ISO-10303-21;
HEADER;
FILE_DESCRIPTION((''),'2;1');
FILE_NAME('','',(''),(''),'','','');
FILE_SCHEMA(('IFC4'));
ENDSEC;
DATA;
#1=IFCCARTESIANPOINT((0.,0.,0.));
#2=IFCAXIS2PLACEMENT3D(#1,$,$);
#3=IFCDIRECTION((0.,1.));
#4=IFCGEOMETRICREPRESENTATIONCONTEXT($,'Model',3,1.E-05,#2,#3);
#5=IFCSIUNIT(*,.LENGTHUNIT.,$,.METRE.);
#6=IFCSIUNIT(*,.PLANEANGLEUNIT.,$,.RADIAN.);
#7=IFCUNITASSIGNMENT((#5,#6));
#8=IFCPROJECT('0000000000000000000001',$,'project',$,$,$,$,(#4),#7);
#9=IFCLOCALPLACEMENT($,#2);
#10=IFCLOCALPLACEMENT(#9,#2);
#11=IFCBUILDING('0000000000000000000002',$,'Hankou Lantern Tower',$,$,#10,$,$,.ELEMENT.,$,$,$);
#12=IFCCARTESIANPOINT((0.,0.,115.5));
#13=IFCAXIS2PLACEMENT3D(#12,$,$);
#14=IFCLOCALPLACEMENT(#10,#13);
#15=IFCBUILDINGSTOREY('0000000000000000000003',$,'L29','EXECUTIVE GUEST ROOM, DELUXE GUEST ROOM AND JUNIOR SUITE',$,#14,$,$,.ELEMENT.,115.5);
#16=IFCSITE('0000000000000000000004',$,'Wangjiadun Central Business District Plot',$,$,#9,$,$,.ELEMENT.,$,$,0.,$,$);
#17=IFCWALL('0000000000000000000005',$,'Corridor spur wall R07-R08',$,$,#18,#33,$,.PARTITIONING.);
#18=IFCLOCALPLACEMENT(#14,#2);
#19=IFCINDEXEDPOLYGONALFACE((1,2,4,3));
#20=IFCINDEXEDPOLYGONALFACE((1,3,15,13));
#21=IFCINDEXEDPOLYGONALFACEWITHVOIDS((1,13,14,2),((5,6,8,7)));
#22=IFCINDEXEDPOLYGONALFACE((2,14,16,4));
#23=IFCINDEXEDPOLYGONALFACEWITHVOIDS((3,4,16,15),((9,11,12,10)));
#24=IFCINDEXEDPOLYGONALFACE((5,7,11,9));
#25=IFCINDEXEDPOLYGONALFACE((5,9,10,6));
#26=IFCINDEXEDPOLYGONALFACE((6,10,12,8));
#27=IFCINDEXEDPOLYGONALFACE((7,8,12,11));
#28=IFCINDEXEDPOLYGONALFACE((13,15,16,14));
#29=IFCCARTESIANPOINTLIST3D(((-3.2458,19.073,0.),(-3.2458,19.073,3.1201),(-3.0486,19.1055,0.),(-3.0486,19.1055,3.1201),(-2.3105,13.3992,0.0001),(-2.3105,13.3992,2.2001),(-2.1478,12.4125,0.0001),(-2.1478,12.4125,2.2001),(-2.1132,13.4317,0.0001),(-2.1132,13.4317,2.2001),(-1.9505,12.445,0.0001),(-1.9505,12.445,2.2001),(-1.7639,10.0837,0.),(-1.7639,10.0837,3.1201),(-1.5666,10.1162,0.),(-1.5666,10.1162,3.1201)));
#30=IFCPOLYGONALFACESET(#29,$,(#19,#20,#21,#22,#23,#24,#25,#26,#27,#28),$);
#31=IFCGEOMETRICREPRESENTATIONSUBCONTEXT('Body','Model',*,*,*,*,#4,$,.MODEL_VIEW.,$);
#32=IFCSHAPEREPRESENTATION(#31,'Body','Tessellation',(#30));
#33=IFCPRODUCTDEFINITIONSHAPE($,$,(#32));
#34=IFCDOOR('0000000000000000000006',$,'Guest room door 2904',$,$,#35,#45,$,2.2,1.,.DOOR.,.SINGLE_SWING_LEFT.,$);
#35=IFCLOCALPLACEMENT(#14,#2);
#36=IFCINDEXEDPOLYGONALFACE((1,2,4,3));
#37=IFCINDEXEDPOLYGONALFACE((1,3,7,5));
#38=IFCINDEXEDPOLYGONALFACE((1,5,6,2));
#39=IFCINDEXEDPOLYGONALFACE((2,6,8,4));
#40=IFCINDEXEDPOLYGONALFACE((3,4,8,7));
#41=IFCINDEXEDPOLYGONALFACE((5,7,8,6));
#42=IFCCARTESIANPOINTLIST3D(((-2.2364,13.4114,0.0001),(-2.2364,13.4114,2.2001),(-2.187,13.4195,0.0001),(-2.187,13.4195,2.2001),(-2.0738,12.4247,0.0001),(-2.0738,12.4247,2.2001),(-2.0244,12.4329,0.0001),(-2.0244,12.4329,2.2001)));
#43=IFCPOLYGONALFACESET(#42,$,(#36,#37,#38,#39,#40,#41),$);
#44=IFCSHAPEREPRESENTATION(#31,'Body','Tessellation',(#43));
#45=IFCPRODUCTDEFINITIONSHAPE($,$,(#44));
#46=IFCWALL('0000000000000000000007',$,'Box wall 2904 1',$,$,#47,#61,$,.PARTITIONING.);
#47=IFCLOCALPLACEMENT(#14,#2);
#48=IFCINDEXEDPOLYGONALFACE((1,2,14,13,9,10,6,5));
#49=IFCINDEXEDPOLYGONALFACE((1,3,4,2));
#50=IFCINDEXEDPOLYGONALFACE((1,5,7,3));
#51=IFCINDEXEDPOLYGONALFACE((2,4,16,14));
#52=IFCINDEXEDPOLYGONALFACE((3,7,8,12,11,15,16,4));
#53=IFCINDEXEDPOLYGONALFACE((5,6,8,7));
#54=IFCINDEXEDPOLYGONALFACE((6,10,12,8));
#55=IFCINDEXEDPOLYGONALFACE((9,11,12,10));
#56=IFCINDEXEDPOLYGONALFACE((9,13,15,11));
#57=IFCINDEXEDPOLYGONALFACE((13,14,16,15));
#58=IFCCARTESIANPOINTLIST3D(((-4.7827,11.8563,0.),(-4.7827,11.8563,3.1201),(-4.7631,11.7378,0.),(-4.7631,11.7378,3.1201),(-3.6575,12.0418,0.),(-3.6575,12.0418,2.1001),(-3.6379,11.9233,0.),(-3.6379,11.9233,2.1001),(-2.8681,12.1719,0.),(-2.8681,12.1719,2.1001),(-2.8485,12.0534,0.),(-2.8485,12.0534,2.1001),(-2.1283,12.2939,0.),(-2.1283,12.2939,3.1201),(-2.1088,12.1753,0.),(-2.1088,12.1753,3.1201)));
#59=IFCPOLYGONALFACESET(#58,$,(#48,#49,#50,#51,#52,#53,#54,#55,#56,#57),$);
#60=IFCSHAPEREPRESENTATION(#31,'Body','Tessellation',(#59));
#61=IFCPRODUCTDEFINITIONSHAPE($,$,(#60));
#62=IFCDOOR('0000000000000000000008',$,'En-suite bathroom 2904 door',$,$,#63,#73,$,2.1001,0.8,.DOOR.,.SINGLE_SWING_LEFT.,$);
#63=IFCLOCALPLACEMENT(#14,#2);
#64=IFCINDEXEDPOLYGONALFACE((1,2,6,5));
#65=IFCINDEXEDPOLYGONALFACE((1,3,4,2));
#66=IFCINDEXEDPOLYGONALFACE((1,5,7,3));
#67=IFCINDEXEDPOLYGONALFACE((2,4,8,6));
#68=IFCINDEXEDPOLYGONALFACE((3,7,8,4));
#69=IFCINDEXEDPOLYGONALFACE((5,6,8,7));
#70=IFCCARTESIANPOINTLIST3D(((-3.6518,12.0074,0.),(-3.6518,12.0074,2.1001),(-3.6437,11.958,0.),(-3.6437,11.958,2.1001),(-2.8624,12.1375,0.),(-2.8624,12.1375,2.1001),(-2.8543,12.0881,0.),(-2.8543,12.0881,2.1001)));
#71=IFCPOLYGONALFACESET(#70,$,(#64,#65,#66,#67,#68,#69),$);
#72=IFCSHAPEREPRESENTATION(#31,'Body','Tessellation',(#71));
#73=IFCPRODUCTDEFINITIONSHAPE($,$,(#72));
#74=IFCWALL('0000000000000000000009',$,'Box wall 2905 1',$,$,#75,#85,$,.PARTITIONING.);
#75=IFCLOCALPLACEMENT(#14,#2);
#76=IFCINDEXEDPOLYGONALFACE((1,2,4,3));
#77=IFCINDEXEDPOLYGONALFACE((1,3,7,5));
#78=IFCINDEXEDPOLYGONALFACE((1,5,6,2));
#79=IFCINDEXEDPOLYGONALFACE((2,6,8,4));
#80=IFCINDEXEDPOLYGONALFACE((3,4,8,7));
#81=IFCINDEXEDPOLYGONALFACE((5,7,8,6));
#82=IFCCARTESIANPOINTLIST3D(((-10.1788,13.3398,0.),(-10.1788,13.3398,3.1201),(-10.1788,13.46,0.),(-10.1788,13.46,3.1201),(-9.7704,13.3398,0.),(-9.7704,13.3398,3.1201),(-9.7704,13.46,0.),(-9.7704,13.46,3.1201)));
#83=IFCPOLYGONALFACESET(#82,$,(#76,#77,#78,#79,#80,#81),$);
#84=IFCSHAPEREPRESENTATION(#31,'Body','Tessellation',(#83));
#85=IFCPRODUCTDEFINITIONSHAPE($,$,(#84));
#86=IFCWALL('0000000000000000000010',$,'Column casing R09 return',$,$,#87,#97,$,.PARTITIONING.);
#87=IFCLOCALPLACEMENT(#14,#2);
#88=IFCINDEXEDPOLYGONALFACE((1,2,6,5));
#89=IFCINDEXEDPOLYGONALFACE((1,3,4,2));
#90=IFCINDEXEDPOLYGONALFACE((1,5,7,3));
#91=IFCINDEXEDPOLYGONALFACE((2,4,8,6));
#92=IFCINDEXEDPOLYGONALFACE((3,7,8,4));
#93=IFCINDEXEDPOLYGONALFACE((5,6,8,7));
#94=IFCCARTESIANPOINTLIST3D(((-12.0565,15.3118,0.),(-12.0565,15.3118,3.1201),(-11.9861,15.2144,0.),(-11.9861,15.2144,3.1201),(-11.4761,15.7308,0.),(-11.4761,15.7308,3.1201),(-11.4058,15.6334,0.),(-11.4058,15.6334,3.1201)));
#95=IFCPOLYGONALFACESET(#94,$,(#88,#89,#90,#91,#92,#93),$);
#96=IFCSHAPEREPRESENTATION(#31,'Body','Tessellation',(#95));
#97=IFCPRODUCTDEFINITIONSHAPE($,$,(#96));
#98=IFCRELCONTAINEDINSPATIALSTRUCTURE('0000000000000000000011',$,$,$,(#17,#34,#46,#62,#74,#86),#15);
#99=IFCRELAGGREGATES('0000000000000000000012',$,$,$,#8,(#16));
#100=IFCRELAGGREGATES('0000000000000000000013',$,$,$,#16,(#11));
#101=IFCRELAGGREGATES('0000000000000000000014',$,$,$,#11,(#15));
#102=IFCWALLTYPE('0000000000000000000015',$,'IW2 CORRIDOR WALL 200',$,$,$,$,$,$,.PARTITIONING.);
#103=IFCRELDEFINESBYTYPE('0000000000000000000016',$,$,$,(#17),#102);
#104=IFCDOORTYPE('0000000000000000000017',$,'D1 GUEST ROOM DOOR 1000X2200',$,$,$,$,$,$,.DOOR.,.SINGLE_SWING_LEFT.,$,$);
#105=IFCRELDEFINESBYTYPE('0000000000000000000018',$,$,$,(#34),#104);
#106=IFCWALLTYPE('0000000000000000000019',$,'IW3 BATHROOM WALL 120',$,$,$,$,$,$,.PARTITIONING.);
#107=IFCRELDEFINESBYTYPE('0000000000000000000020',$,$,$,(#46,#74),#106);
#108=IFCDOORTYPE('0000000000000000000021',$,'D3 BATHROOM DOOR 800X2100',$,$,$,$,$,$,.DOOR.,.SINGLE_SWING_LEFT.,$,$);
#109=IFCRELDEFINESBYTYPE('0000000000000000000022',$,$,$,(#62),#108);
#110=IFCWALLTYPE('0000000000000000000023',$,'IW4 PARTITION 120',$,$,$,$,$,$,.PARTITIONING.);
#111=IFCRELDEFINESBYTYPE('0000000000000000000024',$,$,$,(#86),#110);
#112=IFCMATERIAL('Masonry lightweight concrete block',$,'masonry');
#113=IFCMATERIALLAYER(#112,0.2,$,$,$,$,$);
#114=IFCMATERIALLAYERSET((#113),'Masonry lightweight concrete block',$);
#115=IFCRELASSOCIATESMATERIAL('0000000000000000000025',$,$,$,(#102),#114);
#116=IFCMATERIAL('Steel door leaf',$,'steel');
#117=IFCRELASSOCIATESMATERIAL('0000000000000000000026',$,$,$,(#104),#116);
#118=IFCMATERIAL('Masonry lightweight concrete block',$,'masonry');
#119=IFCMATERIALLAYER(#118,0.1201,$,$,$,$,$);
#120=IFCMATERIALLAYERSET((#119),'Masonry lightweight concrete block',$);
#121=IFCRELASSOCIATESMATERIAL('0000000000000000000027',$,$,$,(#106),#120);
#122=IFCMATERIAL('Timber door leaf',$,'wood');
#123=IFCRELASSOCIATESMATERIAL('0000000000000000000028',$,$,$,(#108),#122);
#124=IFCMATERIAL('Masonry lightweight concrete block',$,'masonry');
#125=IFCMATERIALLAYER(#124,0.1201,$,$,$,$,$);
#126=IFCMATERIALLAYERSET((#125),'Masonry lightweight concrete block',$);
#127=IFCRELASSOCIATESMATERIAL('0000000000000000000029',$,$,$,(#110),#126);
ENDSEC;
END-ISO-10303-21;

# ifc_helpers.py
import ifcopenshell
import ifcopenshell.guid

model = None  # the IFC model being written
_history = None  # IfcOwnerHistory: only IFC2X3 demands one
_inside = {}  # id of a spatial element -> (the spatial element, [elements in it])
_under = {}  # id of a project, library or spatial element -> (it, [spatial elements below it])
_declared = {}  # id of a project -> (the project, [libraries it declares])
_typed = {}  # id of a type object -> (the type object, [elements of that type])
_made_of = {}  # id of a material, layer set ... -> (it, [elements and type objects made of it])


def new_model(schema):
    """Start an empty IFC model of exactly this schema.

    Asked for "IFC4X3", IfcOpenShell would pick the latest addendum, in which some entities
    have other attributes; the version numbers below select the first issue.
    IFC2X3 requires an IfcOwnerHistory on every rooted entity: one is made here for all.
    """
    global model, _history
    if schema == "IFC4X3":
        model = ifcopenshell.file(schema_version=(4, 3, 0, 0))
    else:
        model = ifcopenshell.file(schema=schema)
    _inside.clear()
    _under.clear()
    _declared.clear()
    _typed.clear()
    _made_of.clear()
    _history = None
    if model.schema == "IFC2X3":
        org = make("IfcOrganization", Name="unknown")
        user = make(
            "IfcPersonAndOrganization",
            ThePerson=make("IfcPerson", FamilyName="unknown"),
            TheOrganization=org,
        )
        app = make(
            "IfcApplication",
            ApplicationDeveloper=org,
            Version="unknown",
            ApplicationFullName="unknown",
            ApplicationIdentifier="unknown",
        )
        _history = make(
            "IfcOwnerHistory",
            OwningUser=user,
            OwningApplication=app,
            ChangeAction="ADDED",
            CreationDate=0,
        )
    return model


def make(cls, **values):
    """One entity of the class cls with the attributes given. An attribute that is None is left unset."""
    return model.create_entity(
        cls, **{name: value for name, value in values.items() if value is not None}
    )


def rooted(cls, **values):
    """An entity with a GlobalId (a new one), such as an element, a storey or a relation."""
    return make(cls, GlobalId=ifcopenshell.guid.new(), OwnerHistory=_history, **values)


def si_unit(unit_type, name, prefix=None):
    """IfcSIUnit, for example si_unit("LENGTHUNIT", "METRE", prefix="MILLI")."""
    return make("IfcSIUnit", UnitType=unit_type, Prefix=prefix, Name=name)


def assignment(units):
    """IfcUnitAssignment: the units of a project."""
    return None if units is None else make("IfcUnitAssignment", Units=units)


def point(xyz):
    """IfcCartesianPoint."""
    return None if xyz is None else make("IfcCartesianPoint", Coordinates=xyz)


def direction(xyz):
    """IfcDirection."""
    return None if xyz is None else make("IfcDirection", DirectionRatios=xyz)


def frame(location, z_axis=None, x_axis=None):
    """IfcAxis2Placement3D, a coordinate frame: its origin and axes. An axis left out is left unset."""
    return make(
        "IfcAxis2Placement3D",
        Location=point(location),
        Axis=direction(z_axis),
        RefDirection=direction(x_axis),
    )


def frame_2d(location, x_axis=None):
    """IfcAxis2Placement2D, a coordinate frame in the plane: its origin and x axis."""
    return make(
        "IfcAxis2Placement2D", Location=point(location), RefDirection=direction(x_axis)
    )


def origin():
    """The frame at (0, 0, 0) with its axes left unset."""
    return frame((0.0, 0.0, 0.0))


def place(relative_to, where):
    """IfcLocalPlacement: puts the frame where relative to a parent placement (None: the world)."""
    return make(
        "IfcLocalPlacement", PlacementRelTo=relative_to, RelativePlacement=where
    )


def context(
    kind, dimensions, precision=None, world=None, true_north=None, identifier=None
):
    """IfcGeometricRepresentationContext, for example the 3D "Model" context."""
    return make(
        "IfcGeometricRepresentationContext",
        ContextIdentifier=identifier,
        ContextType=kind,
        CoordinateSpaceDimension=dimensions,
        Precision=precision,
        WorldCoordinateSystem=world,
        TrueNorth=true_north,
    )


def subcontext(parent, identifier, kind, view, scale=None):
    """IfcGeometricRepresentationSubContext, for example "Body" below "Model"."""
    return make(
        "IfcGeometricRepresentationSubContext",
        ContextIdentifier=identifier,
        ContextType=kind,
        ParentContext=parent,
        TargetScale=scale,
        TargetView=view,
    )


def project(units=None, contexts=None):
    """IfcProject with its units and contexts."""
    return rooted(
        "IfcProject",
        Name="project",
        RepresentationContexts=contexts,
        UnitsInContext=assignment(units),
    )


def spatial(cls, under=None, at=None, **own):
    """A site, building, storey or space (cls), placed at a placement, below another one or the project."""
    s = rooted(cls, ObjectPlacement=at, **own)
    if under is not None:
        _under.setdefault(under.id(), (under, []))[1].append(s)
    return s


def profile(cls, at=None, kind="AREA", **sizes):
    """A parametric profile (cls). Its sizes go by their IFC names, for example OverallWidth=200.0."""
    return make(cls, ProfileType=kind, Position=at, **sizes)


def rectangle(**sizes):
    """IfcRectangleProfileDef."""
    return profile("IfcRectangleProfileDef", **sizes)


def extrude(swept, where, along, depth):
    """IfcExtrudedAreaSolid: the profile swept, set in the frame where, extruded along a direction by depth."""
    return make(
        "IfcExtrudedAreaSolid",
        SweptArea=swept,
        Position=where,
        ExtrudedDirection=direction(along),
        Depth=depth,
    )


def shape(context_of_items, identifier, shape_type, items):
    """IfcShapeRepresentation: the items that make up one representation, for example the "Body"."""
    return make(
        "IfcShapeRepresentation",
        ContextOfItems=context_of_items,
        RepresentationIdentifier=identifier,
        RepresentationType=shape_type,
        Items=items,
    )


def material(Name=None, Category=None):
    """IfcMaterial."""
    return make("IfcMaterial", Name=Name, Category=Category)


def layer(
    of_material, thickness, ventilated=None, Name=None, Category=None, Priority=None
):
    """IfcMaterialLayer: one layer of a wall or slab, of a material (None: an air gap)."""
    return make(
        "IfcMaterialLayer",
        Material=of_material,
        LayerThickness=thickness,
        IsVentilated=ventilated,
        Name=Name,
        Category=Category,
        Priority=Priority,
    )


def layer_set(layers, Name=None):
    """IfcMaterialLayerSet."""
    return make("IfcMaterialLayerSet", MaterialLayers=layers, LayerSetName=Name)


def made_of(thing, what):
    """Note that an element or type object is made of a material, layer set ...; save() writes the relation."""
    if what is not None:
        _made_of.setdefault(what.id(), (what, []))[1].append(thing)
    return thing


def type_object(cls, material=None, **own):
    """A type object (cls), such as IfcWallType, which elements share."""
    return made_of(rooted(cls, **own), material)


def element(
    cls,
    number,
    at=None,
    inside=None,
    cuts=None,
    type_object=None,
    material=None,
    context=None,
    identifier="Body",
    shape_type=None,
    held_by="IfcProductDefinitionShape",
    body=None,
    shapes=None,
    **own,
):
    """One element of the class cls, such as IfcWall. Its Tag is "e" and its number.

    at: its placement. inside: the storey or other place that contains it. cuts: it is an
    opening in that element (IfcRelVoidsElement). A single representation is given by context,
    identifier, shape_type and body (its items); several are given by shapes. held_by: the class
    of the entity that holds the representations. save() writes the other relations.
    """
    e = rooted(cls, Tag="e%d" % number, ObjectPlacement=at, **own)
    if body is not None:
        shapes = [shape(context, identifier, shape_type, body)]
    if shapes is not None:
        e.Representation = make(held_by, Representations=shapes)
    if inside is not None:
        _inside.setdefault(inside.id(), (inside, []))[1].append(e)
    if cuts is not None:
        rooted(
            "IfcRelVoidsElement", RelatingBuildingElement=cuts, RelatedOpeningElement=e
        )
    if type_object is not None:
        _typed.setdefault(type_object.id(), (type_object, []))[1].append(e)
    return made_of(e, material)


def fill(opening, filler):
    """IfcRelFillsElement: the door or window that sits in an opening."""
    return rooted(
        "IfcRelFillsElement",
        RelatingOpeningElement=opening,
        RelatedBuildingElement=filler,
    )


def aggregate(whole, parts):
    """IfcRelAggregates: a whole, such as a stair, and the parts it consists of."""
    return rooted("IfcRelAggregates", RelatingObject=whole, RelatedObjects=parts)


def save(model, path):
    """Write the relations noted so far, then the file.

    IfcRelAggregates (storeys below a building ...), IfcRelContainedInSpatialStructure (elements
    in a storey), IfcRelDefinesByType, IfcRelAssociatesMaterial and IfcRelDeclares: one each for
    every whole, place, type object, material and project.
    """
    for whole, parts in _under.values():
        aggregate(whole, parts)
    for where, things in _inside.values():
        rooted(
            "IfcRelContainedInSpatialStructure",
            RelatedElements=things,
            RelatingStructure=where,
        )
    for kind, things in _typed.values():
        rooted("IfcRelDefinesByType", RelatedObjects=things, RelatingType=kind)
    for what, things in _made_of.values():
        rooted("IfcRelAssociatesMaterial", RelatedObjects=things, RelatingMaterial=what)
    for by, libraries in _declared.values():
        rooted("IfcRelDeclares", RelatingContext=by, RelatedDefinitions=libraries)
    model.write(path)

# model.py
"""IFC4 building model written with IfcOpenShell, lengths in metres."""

from ifc_helpers import new_model, si_unit, direction, frame, frame_2d, origin, place, context, subcontext, project, spatial, rectangle, extrude, material, layer, layer_set, type_object, element, fill, save


model = new_model("IFC4")

# Units and contexts
model_context = context("Model", 3, precision=1e-05, world=origin(), true_north=direction((0.0, 1.0)))
body_context = subcontext(model_context, "Body", "Model", "MODEL_VIEW")
ifc_project = project(units=[si_unit("LENGTHUNIT", "METRE"), si_unit("PLANEANGLEUNIT", "RADIAN")], contexts=[model_context])

# Site, building, storey
site_placement = place(None, origin())
site = spatial("IfcSite", under=ifc_project, at=site_placement, Name="Wangjiadun Central Business District Plot", CompositionType="ELEMENT", RefElevation=0.0)
building_placement = place(site_placement, origin())
building = spatial("IfcBuilding", under=site, at=building_placement, Name="Hankou Lantern Tower", CompositionType="ELEMENT")
storey_placement = place(building_placement, frame((0.0, 0.0, 115.5)))
storey = spatial("IfcBuildingStorey", under=building, at=storey_placement, Name="L29", Description="EXECUTIVE GUEST ROOM, DELUXE GUEST ROOM AND JUNIOR SUITE", CompositionType="ELEMENT", Elevation=115.5)

# Walls, openings, doors
ifc_material_1 = material(Name="Masonry lightweight concrete block", Category="masonry")
ifc_layer_1 = layer(ifc_material_1, 0.2)
ifc_layer_set_1 = layer_set([ifc_layer_1], Name="Masonry lightweight concrete block")
wall_type_1 = type_object("IfcWallType", Name="IW2 CORRIDOR WALL 200", PredefinedType="PARTITIONING", material=ifc_layer_set_1)
wall_1_placement = place(storey_placement, frame((-1.6653, 10.1001, 0.0), z_axis=(0.0, 0.0, 1.0), x_axis=(-0.162661, 0.986682, 0.0)))
wall_1 = element("IfcWall", 1, at=wall_1_placement, inside=storey, type_object=wall_type_1, Name="Corridor spur wall R07-R08", PredefinedType="PARTITIONING", context=body_context, shape_type="SweptSolid", body=[
    extrude(rectangle(XDim=9.1106, YDim=0.2, at=frame_2d((4.5552, 0.0))), origin(), (0.0, 0.0, 1.0), 3.1201),
])
opening_1_placement = place(wall_1_placement, frame((2.3601, 0.0, 0.0)))
opening_1 = element("IfcOpeningElement", 2, at=opening_1_placement, cuts=wall_1, PredefinedType="OPENING", context=body_context, shape_type="SweptSolid", body=[
    extrude(rectangle(XDim=1.0, YDim=2.2, at=frame_2d((0.5, 1.1001))), frame((0.0, 0.1099, 0.0), z_axis=(0.0, -1.0, 0.0), x_axis=(1.0, 0.0, 0.0)), (0.0, 0.0, 1.0), 0.22),
])
ifc_material_2 = material(Name="Steel door leaf", Category="steel")
door_type_1 = type_object("IfcDoorType", Name="D1 GUEST ROOM DOOR 1000X2200", OperationType="SINGLE_SWING_LEFT", PredefinedType="DOOR", material=ifc_material_2)
door_1_placement = place(opening_1_placement, origin())
door_1 = element("IfcDoor", 3, at=door_1_placement, inside=storey, type_object=door_type_1, Name="Guest room door 2904", OperationType="SINGLE_SWING_LEFT", OverallHeight=2.2, OverallWidth=1.0, PredefinedType="DOOR", context=body_context, shape_type="SweptSolid", body=[
    extrude(rectangle(XDim=1.0, YDim=2.2, at=frame_2d((0.5, 1.1001))), frame((0.0, 0.0249, 0.0), z_axis=(0.0, -1.0, 0.0), x_axis=(1.0, 0.0, 0.0)), (0.0, 0.0, 1.0), 0.05),
])
fill(opening_1, door_1)
ifc_material_3 = material(Name="Masonry lightweight concrete block", Category="masonry")
ifc_layer_2 = layer(ifc_material_3, 0.1201)
ifc_layer_set_2 = layer_set([ifc_layer_2], Name="Masonry lightweight concrete block")
wall_type_2 = type_object("IfcWallType", Name="IW3 BATHROOM WALL 120", PredefinedType="PARTITIONING", material=ifc_layer_set_2)
wall_2_placement = place(storey_placement, frame((-2.1184, 12.2346, 0.0), z_axis=(0.0, 0.0, 1.0), x_axis=(-0.986687, -0.162633, 0.0)))
wall_2 = element("IfcWall", 4, at=wall_2_placement, inside=storey, type_object=wall_type_2, Name="Box wall 2904 1", PredefinedType="PARTITIONING", context=body_context, shape_type="SweptSolid", body=[
    extrude(rectangle(XDim=2.6902, YDim=0.1201, at=frame_2d((1.3452, 0.0))), origin(), (0.0, 0.0, 1.0), 3.1201),
])
opening_2_placement = place(wall_2_placement, frame((0.75, 0.0, 0.0)))
opening_2 = element("IfcOpeningElement", 5, at=opening_2_placement, cuts=wall_2, PredefinedType="OPENING", context=body_context, shape_type="SweptSolid", body=[
    extrude(rectangle(XDim=0.8, YDim=2.1001, at=frame_2d((0.3999, 1.05))), frame((0.0, 0.0701, 0.0), z_axis=(0.0, -1.0, 0.0), x_axis=(1.0, 0.0, 0.0)), (0.0, 0.0, 1.0), 0.1401),
])
ifc_material_4 = material(Name="Timber door leaf", Category="wood")
door_type_2 = type_object("IfcDoorType", Name="D3 BATHROOM DOOR 800X2100", OperationType="SINGLE_SWING_LEFT", PredefinedType="DOOR", material=ifc_material_4)
door_2_placement = place(opening_2_placement, origin())
door_2 = element("IfcDoor", 6, at=door_2_placement, inside=storey, type_object=door_type_2, Name="En-suite bathroom 2904 door", OperationType="SINGLE_SWING_LEFT", OverallHeight=2.1001, OverallWidth=0.8, PredefinedType="DOOR", context=body_context, shape_type="SweptSolid", body=[
    extrude(rectangle(XDim=0.8, YDim=2.1001, at=frame_2d((0.3999, 1.05))), frame((0.0, 0.0249, 0.0), z_axis=(0.0, -1.0, 0.0), x_axis=(1.0, 0.0, 0.0)), (0.0, 0.0, 1.0), 0.05),
])
fill(opening_2, door_2)

# Walls
wall_3_placement = place(storey_placement, frame((-9.7705, 13.3999, 0.0), z_axis=(0.0, 0.0, 1.0), x_axis=(-1.0, 0.0, 0.0)))
element("IfcWall", 7, at=wall_3_placement, inside=storey, type_object=wall_type_2, Name="Box wall 2905 1", PredefinedType="PARTITIONING", context=body_context, shape_type="SweptSolid", body=[
    extrude(rectangle(XDim=0.4084, YDim=0.1201, at=frame_2d((0.2041, 0.0))), origin(), (0.0, 0.0, 1.0), 3.1201),
])
ifc_material_5 = material(Name="Masonry lightweight concrete block", Category="masonry")
ifc_layer_3 = layer(ifc_material_5, 0.1201)
ifc_layer_set_3 = layer_set([ifc_layer_3], Name="Masonry lightweight concrete block")
wall_type_3 = type_object("IfcWallType", Name="IW4 PARTITION 120", PredefinedType="PARTITIONING", material=ifc_layer_set_3)
wall_4_placement = place(storey_placement, frame((-11.4409, 15.6821, 0.0), z_axis=(0.0, 0.0, 1.0), x_axis=(-0.810796, -0.585329, 0.0)))
element("IfcWall", 8, at=wall_4_placement, inside=storey, type_object=wall_type_3, Name="Column casing R09 return", PredefinedType="PARTITIONING", context=body_context, shape_type="SweptSolid", body=[
    extrude(rectangle(XDim=0.7158, YDim=0.1201, at=frame_2d((0.3579, 0.0))), origin(), (0.0, 0.0, 1.0), 3.1201),
])

save(model, "model.ifc")
